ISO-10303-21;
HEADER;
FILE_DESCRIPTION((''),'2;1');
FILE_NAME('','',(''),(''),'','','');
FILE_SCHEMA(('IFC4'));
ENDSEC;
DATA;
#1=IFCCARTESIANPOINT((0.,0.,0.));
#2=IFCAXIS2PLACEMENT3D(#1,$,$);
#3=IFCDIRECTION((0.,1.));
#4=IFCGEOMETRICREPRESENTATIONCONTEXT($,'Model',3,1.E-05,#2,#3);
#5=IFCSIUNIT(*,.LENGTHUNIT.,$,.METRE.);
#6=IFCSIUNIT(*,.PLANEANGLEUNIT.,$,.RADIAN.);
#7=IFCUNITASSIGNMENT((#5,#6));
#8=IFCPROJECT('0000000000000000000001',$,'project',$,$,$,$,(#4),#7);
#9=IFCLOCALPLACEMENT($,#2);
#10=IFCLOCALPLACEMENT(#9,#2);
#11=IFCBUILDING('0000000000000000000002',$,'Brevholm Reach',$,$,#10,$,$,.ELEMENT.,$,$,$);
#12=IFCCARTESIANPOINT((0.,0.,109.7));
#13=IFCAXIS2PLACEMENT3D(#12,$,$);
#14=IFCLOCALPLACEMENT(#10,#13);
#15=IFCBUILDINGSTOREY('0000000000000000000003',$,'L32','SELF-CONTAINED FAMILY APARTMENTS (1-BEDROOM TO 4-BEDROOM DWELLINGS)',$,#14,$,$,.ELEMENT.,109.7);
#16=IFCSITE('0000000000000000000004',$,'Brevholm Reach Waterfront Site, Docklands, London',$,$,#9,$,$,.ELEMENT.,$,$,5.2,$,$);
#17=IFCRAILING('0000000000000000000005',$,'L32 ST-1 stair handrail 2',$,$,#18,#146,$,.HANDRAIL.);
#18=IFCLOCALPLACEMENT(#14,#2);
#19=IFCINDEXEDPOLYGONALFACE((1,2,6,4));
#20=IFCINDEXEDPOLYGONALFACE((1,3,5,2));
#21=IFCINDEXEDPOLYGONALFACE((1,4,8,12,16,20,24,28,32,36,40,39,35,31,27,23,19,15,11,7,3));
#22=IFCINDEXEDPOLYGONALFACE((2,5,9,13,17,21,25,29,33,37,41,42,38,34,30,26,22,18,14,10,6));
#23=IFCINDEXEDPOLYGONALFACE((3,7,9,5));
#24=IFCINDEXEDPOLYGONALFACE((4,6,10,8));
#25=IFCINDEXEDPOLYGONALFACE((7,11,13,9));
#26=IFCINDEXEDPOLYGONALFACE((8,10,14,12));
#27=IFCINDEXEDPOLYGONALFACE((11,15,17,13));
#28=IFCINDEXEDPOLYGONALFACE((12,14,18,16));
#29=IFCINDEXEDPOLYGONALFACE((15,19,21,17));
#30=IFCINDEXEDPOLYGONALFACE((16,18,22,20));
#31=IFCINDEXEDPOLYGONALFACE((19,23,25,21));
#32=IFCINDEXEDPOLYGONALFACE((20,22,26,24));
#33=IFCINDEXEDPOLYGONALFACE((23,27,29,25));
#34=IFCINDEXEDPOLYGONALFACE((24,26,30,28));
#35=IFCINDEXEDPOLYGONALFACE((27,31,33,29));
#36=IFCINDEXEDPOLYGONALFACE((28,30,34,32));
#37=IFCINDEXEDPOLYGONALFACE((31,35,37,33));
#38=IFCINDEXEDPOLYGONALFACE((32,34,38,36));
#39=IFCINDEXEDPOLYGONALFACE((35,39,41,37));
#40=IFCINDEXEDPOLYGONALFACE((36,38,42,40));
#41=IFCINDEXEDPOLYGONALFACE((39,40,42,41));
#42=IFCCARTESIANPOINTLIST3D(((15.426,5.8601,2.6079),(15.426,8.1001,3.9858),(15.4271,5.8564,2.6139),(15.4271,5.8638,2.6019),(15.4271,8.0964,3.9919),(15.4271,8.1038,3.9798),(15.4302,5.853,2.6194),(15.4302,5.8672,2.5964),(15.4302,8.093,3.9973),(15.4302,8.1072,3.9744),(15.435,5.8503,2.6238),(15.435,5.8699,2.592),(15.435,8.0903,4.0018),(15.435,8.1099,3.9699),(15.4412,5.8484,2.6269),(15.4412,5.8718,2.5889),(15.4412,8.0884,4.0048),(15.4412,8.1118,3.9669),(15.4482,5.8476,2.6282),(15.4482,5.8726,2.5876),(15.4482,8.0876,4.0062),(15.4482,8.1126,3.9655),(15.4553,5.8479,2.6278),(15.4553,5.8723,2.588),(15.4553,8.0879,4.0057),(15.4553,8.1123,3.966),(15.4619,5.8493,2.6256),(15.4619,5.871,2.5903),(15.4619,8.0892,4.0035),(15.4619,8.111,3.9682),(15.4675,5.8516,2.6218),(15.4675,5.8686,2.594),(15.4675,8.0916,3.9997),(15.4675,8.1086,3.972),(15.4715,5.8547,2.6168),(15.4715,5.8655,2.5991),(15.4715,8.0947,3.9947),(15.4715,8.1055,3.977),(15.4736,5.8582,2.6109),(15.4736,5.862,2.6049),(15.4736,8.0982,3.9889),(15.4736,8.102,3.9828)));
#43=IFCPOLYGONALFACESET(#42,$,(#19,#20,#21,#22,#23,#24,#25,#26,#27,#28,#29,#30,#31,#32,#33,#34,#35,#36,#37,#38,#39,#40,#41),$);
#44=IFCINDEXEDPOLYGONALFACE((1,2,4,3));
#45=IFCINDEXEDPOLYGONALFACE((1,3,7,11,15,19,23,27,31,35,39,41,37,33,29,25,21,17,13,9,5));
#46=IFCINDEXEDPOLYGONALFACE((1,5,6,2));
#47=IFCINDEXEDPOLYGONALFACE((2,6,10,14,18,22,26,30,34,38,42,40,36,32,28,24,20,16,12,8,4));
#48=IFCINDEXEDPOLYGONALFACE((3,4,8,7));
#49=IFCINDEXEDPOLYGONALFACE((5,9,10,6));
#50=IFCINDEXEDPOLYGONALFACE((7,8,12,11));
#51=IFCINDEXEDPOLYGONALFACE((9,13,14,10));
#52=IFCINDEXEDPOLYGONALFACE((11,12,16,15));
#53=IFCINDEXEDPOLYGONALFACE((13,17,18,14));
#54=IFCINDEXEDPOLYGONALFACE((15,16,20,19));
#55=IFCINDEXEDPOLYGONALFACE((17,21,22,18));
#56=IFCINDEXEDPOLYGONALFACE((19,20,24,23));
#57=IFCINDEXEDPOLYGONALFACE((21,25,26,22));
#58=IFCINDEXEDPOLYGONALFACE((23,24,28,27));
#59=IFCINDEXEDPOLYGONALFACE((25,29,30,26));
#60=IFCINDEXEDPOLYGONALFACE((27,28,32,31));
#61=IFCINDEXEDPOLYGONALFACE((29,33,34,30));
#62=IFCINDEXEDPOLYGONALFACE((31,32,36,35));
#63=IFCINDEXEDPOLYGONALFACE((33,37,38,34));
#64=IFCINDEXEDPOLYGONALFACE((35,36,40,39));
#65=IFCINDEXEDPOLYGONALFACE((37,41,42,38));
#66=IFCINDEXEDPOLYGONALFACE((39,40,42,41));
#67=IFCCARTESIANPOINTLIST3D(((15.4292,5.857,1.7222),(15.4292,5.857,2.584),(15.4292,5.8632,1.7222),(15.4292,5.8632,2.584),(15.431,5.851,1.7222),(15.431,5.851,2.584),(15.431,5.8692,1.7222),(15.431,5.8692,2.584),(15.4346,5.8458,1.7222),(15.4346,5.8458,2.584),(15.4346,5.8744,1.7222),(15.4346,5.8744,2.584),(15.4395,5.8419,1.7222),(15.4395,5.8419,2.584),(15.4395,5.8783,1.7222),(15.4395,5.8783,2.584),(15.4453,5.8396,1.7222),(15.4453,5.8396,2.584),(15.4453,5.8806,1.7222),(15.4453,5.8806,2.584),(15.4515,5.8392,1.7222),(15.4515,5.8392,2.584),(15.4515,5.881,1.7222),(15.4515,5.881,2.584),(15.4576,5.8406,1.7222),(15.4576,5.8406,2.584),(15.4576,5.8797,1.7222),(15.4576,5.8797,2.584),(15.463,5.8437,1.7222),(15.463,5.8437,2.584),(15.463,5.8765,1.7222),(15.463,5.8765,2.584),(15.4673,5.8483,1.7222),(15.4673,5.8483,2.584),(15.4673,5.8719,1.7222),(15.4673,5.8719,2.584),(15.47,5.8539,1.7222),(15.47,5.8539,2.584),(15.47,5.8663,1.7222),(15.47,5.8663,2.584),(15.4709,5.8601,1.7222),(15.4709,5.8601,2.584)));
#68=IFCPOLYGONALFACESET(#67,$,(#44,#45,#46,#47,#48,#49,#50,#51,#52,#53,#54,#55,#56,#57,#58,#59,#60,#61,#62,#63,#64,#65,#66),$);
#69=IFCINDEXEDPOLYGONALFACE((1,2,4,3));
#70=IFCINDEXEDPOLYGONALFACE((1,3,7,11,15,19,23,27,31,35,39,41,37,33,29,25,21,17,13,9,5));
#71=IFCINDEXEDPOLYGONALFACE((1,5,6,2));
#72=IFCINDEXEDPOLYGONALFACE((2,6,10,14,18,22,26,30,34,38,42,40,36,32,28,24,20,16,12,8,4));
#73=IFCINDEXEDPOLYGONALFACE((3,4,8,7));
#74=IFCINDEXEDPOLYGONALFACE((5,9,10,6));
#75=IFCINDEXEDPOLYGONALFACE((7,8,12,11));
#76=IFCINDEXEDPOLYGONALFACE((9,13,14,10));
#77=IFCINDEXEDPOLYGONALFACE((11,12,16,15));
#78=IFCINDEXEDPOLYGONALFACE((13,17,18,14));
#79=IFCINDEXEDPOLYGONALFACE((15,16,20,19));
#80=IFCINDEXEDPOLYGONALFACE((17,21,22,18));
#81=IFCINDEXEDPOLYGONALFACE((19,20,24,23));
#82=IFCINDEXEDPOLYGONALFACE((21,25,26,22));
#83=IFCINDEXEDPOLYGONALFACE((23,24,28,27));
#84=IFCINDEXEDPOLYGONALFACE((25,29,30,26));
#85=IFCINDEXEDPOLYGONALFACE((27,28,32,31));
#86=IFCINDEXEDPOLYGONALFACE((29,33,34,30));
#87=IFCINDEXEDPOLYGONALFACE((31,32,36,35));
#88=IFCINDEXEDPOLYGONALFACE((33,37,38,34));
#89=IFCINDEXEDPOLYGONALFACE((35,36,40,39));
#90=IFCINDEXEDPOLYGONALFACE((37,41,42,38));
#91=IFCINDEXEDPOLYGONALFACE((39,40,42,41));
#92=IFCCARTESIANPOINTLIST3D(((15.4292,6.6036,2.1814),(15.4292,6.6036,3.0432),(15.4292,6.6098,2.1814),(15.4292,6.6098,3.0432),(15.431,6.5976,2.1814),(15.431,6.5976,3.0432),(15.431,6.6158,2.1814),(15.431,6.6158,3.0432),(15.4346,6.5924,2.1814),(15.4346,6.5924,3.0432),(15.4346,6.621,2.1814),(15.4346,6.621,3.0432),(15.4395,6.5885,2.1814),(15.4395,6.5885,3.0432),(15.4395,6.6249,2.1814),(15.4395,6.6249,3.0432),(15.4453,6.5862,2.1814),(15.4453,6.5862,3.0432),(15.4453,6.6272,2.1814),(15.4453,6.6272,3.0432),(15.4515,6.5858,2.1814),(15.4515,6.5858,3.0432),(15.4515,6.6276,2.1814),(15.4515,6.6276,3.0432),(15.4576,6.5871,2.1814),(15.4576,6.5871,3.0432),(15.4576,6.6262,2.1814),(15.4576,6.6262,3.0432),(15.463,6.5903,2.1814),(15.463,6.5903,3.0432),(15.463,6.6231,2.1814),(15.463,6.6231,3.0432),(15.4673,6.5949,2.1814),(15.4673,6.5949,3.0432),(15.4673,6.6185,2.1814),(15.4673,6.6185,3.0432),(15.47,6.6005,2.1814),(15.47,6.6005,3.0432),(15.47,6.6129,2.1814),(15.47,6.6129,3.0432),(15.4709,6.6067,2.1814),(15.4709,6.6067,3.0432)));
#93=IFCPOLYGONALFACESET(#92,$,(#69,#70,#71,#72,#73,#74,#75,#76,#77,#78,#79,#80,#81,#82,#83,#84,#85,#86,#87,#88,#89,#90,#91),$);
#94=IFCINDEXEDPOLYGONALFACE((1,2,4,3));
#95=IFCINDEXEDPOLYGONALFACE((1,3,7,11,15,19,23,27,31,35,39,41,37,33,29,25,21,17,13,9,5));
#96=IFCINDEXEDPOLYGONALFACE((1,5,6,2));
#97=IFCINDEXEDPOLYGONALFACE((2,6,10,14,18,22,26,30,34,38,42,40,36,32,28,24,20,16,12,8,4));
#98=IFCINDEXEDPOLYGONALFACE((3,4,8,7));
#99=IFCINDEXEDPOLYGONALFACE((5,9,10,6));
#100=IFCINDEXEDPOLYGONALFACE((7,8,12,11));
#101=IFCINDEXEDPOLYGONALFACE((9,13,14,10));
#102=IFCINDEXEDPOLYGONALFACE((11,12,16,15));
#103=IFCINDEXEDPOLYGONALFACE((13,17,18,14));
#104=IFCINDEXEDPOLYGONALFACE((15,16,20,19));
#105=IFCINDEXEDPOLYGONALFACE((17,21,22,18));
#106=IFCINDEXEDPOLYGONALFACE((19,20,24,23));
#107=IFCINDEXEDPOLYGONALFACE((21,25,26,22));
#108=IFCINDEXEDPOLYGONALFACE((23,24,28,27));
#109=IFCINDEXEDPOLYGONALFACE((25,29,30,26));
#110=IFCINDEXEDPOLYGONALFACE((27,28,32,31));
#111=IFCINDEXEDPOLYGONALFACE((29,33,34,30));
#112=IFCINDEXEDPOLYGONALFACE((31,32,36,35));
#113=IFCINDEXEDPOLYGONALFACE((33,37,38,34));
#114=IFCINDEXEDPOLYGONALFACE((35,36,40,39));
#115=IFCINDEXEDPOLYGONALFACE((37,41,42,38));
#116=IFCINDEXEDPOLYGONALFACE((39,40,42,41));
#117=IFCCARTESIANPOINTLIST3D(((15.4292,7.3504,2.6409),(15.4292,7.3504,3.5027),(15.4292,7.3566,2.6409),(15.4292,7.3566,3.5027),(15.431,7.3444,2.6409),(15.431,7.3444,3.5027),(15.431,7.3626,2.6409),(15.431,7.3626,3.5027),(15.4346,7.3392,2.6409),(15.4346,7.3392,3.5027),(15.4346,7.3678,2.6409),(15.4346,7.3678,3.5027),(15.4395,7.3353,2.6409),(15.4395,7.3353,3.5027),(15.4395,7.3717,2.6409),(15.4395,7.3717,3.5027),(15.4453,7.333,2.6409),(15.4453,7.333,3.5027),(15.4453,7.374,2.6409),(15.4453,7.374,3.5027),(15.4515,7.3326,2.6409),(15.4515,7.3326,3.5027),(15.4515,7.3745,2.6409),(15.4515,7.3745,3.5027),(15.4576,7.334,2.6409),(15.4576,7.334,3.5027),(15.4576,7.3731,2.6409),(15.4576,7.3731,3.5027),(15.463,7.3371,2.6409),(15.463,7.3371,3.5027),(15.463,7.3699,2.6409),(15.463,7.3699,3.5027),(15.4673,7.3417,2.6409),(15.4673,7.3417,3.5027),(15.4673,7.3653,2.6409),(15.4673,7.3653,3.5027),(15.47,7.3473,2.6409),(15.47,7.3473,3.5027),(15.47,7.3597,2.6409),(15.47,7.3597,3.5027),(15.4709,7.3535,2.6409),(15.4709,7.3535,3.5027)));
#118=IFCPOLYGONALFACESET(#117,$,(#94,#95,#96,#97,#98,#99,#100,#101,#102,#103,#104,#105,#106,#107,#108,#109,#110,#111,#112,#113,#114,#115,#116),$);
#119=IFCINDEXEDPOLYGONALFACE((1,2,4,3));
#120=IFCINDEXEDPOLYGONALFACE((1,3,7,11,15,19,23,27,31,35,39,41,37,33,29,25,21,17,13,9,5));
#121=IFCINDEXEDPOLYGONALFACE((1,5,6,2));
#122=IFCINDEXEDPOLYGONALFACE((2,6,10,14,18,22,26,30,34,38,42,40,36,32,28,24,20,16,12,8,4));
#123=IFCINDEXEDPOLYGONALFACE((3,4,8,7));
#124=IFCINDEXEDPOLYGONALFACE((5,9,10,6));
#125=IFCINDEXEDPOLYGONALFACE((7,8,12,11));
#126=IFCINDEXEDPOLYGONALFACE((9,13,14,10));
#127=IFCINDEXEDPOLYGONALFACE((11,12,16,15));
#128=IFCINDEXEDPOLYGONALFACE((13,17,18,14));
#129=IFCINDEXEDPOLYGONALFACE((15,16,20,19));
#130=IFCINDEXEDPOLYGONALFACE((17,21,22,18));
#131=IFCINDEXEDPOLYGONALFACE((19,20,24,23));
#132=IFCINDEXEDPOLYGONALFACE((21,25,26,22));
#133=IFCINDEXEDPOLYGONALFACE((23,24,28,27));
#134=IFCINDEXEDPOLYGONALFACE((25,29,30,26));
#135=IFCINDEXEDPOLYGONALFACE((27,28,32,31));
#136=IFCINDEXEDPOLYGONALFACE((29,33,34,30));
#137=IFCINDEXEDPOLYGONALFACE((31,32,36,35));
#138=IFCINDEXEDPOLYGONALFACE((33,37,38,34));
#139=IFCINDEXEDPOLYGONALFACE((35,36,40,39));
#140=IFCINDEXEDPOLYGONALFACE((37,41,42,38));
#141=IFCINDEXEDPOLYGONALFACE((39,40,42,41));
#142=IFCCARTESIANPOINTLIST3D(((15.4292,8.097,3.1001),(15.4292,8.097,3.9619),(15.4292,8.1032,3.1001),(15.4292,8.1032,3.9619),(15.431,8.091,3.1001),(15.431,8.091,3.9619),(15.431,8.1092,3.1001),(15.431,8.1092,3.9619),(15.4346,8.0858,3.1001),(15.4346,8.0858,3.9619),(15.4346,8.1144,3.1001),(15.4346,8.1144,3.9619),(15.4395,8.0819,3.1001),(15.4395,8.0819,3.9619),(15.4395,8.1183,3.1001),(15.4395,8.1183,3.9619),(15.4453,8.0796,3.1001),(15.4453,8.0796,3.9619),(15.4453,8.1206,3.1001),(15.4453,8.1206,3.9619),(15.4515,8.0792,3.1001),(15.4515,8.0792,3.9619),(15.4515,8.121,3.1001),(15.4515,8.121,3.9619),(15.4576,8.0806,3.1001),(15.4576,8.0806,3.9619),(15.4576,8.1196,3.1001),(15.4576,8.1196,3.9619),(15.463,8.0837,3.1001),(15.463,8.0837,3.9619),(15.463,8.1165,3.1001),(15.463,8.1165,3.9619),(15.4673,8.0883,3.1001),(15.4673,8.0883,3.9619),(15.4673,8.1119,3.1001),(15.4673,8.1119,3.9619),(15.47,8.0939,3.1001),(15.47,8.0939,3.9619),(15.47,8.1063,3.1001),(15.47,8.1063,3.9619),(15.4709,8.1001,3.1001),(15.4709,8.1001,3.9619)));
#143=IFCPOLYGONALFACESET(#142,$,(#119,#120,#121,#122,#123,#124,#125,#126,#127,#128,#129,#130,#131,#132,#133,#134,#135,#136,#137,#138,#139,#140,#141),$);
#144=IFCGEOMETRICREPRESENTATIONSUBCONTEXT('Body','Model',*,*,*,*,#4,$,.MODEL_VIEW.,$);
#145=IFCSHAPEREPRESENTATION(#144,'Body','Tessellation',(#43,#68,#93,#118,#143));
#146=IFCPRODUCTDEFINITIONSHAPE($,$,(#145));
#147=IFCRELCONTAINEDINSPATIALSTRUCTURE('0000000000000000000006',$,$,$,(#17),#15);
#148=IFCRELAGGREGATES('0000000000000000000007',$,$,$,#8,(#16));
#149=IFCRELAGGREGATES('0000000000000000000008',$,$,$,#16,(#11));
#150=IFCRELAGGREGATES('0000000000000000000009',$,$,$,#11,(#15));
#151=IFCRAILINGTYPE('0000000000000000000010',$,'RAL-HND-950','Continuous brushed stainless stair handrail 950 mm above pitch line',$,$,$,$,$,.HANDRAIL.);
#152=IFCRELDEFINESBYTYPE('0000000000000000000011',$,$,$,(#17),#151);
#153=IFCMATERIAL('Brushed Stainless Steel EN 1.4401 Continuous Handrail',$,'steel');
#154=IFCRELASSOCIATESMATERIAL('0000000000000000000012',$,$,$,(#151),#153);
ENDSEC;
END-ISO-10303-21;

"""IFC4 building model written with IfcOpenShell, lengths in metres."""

from ifc_helpers import new_model, si_unit, direction, frame, origin, origin_2d, place, context, subcontext, project, spatial, circle, extrude, material, type_object, element, save


model = new_model("IFC4")

# Units and contexts
model_context = context("Model", 3, precision=1e-05, world=origin(), true_north=direction((0.0, 1.0)))
body_context = subcontext(model_context, "Body", "Model", "MODEL_VIEW")
ifc_project = project(units=[si_unit("LENGTHUNIT", "METRE"), si_unit("PLANEANGLEUNIT", "RADIAN")], contexts=[model_context])

# Site, building, storey
site_placement = place(None, origin())
site = spatial("IfcSite", under=ifc_project, at=site_placement, Name="Brevholm Reach Waterfront Site, Docklands, London", CompositionType="ELEMENT", RefElevation=5.2)
building_placement = place(site_placement, origin())
building = spatial("IfcBuilding", under=site, at=building_placement, Name="Brevholm Reach", CompositionType="ELEMENT")
storey_placement = place(building_placement, frame((0.0, 0.0, 109.7)))
storey = spatial("IfcBuildingStorey", under=building, at=storey_placement, Name="L32", Description="SELF-CONTAINED FAMILY APARTMENTS (1-BEDROOM TO 4-BEDROOM DWELLINGS)", CompositionType="ELEMENT", Elevation=109.7)

# Railing
ifc_material_1 = material(Name="Brushed Stainless Steel EN 1.4401 Continuous Handrail", Category="steel")
railing_type_1 = type_object("IfcRailingType", Name="RAL-HND-950", Description="Continuous brushed stainless stair handrail 950 mm above pitch line", PredefinedType="HANDRAIL", material=ifc_material_1)
railing_1_placement = place(storey_placement, frame((15.45, 5.8601, 1.7222)))
element("IfcRailing", 1, at=railing_1_placement, inside=storey, type_object=railing_type_1, Name="L32 ST-1 stair handrail 2", PredefinedType="HANDRAIL", context=body_context, shape_type="SweptSolid", body=[
    extrude(circle(Radius=0.0239, at=origin_2d()), frame((0.0, 0.0, 0.8857), z_axis=(0.0, 0.851748, 0.523952), x_axis=(-1.0, 0.0, 0.0)), (0.0, 0.0, 1.0), 2.6299),
    extrude(circle(Radius=0.021, at=origin_2d()), origin(), (0.0, 0.0, 1.0), 0.8618),
    extrude(circle(Radius=0.021, at=origin_2d()), frame((0.0, 0.7466, 0.4592)), (0.0, 0.0, 1.0), 0.8618),
    extrude(circle(Radius=0.021, at=origin_2d()), frame((0.0, 1.4934, 0.9187)), (0.0, 0.0, 1.0), 0.8618),
    extrude(circle(Radius=0.021, at=origin_2d()), frame((0.0, 2.24, 1.3779)), (0.0, 0.0, 1.0), 0.8618),
])

save(model, "model.ifc")
